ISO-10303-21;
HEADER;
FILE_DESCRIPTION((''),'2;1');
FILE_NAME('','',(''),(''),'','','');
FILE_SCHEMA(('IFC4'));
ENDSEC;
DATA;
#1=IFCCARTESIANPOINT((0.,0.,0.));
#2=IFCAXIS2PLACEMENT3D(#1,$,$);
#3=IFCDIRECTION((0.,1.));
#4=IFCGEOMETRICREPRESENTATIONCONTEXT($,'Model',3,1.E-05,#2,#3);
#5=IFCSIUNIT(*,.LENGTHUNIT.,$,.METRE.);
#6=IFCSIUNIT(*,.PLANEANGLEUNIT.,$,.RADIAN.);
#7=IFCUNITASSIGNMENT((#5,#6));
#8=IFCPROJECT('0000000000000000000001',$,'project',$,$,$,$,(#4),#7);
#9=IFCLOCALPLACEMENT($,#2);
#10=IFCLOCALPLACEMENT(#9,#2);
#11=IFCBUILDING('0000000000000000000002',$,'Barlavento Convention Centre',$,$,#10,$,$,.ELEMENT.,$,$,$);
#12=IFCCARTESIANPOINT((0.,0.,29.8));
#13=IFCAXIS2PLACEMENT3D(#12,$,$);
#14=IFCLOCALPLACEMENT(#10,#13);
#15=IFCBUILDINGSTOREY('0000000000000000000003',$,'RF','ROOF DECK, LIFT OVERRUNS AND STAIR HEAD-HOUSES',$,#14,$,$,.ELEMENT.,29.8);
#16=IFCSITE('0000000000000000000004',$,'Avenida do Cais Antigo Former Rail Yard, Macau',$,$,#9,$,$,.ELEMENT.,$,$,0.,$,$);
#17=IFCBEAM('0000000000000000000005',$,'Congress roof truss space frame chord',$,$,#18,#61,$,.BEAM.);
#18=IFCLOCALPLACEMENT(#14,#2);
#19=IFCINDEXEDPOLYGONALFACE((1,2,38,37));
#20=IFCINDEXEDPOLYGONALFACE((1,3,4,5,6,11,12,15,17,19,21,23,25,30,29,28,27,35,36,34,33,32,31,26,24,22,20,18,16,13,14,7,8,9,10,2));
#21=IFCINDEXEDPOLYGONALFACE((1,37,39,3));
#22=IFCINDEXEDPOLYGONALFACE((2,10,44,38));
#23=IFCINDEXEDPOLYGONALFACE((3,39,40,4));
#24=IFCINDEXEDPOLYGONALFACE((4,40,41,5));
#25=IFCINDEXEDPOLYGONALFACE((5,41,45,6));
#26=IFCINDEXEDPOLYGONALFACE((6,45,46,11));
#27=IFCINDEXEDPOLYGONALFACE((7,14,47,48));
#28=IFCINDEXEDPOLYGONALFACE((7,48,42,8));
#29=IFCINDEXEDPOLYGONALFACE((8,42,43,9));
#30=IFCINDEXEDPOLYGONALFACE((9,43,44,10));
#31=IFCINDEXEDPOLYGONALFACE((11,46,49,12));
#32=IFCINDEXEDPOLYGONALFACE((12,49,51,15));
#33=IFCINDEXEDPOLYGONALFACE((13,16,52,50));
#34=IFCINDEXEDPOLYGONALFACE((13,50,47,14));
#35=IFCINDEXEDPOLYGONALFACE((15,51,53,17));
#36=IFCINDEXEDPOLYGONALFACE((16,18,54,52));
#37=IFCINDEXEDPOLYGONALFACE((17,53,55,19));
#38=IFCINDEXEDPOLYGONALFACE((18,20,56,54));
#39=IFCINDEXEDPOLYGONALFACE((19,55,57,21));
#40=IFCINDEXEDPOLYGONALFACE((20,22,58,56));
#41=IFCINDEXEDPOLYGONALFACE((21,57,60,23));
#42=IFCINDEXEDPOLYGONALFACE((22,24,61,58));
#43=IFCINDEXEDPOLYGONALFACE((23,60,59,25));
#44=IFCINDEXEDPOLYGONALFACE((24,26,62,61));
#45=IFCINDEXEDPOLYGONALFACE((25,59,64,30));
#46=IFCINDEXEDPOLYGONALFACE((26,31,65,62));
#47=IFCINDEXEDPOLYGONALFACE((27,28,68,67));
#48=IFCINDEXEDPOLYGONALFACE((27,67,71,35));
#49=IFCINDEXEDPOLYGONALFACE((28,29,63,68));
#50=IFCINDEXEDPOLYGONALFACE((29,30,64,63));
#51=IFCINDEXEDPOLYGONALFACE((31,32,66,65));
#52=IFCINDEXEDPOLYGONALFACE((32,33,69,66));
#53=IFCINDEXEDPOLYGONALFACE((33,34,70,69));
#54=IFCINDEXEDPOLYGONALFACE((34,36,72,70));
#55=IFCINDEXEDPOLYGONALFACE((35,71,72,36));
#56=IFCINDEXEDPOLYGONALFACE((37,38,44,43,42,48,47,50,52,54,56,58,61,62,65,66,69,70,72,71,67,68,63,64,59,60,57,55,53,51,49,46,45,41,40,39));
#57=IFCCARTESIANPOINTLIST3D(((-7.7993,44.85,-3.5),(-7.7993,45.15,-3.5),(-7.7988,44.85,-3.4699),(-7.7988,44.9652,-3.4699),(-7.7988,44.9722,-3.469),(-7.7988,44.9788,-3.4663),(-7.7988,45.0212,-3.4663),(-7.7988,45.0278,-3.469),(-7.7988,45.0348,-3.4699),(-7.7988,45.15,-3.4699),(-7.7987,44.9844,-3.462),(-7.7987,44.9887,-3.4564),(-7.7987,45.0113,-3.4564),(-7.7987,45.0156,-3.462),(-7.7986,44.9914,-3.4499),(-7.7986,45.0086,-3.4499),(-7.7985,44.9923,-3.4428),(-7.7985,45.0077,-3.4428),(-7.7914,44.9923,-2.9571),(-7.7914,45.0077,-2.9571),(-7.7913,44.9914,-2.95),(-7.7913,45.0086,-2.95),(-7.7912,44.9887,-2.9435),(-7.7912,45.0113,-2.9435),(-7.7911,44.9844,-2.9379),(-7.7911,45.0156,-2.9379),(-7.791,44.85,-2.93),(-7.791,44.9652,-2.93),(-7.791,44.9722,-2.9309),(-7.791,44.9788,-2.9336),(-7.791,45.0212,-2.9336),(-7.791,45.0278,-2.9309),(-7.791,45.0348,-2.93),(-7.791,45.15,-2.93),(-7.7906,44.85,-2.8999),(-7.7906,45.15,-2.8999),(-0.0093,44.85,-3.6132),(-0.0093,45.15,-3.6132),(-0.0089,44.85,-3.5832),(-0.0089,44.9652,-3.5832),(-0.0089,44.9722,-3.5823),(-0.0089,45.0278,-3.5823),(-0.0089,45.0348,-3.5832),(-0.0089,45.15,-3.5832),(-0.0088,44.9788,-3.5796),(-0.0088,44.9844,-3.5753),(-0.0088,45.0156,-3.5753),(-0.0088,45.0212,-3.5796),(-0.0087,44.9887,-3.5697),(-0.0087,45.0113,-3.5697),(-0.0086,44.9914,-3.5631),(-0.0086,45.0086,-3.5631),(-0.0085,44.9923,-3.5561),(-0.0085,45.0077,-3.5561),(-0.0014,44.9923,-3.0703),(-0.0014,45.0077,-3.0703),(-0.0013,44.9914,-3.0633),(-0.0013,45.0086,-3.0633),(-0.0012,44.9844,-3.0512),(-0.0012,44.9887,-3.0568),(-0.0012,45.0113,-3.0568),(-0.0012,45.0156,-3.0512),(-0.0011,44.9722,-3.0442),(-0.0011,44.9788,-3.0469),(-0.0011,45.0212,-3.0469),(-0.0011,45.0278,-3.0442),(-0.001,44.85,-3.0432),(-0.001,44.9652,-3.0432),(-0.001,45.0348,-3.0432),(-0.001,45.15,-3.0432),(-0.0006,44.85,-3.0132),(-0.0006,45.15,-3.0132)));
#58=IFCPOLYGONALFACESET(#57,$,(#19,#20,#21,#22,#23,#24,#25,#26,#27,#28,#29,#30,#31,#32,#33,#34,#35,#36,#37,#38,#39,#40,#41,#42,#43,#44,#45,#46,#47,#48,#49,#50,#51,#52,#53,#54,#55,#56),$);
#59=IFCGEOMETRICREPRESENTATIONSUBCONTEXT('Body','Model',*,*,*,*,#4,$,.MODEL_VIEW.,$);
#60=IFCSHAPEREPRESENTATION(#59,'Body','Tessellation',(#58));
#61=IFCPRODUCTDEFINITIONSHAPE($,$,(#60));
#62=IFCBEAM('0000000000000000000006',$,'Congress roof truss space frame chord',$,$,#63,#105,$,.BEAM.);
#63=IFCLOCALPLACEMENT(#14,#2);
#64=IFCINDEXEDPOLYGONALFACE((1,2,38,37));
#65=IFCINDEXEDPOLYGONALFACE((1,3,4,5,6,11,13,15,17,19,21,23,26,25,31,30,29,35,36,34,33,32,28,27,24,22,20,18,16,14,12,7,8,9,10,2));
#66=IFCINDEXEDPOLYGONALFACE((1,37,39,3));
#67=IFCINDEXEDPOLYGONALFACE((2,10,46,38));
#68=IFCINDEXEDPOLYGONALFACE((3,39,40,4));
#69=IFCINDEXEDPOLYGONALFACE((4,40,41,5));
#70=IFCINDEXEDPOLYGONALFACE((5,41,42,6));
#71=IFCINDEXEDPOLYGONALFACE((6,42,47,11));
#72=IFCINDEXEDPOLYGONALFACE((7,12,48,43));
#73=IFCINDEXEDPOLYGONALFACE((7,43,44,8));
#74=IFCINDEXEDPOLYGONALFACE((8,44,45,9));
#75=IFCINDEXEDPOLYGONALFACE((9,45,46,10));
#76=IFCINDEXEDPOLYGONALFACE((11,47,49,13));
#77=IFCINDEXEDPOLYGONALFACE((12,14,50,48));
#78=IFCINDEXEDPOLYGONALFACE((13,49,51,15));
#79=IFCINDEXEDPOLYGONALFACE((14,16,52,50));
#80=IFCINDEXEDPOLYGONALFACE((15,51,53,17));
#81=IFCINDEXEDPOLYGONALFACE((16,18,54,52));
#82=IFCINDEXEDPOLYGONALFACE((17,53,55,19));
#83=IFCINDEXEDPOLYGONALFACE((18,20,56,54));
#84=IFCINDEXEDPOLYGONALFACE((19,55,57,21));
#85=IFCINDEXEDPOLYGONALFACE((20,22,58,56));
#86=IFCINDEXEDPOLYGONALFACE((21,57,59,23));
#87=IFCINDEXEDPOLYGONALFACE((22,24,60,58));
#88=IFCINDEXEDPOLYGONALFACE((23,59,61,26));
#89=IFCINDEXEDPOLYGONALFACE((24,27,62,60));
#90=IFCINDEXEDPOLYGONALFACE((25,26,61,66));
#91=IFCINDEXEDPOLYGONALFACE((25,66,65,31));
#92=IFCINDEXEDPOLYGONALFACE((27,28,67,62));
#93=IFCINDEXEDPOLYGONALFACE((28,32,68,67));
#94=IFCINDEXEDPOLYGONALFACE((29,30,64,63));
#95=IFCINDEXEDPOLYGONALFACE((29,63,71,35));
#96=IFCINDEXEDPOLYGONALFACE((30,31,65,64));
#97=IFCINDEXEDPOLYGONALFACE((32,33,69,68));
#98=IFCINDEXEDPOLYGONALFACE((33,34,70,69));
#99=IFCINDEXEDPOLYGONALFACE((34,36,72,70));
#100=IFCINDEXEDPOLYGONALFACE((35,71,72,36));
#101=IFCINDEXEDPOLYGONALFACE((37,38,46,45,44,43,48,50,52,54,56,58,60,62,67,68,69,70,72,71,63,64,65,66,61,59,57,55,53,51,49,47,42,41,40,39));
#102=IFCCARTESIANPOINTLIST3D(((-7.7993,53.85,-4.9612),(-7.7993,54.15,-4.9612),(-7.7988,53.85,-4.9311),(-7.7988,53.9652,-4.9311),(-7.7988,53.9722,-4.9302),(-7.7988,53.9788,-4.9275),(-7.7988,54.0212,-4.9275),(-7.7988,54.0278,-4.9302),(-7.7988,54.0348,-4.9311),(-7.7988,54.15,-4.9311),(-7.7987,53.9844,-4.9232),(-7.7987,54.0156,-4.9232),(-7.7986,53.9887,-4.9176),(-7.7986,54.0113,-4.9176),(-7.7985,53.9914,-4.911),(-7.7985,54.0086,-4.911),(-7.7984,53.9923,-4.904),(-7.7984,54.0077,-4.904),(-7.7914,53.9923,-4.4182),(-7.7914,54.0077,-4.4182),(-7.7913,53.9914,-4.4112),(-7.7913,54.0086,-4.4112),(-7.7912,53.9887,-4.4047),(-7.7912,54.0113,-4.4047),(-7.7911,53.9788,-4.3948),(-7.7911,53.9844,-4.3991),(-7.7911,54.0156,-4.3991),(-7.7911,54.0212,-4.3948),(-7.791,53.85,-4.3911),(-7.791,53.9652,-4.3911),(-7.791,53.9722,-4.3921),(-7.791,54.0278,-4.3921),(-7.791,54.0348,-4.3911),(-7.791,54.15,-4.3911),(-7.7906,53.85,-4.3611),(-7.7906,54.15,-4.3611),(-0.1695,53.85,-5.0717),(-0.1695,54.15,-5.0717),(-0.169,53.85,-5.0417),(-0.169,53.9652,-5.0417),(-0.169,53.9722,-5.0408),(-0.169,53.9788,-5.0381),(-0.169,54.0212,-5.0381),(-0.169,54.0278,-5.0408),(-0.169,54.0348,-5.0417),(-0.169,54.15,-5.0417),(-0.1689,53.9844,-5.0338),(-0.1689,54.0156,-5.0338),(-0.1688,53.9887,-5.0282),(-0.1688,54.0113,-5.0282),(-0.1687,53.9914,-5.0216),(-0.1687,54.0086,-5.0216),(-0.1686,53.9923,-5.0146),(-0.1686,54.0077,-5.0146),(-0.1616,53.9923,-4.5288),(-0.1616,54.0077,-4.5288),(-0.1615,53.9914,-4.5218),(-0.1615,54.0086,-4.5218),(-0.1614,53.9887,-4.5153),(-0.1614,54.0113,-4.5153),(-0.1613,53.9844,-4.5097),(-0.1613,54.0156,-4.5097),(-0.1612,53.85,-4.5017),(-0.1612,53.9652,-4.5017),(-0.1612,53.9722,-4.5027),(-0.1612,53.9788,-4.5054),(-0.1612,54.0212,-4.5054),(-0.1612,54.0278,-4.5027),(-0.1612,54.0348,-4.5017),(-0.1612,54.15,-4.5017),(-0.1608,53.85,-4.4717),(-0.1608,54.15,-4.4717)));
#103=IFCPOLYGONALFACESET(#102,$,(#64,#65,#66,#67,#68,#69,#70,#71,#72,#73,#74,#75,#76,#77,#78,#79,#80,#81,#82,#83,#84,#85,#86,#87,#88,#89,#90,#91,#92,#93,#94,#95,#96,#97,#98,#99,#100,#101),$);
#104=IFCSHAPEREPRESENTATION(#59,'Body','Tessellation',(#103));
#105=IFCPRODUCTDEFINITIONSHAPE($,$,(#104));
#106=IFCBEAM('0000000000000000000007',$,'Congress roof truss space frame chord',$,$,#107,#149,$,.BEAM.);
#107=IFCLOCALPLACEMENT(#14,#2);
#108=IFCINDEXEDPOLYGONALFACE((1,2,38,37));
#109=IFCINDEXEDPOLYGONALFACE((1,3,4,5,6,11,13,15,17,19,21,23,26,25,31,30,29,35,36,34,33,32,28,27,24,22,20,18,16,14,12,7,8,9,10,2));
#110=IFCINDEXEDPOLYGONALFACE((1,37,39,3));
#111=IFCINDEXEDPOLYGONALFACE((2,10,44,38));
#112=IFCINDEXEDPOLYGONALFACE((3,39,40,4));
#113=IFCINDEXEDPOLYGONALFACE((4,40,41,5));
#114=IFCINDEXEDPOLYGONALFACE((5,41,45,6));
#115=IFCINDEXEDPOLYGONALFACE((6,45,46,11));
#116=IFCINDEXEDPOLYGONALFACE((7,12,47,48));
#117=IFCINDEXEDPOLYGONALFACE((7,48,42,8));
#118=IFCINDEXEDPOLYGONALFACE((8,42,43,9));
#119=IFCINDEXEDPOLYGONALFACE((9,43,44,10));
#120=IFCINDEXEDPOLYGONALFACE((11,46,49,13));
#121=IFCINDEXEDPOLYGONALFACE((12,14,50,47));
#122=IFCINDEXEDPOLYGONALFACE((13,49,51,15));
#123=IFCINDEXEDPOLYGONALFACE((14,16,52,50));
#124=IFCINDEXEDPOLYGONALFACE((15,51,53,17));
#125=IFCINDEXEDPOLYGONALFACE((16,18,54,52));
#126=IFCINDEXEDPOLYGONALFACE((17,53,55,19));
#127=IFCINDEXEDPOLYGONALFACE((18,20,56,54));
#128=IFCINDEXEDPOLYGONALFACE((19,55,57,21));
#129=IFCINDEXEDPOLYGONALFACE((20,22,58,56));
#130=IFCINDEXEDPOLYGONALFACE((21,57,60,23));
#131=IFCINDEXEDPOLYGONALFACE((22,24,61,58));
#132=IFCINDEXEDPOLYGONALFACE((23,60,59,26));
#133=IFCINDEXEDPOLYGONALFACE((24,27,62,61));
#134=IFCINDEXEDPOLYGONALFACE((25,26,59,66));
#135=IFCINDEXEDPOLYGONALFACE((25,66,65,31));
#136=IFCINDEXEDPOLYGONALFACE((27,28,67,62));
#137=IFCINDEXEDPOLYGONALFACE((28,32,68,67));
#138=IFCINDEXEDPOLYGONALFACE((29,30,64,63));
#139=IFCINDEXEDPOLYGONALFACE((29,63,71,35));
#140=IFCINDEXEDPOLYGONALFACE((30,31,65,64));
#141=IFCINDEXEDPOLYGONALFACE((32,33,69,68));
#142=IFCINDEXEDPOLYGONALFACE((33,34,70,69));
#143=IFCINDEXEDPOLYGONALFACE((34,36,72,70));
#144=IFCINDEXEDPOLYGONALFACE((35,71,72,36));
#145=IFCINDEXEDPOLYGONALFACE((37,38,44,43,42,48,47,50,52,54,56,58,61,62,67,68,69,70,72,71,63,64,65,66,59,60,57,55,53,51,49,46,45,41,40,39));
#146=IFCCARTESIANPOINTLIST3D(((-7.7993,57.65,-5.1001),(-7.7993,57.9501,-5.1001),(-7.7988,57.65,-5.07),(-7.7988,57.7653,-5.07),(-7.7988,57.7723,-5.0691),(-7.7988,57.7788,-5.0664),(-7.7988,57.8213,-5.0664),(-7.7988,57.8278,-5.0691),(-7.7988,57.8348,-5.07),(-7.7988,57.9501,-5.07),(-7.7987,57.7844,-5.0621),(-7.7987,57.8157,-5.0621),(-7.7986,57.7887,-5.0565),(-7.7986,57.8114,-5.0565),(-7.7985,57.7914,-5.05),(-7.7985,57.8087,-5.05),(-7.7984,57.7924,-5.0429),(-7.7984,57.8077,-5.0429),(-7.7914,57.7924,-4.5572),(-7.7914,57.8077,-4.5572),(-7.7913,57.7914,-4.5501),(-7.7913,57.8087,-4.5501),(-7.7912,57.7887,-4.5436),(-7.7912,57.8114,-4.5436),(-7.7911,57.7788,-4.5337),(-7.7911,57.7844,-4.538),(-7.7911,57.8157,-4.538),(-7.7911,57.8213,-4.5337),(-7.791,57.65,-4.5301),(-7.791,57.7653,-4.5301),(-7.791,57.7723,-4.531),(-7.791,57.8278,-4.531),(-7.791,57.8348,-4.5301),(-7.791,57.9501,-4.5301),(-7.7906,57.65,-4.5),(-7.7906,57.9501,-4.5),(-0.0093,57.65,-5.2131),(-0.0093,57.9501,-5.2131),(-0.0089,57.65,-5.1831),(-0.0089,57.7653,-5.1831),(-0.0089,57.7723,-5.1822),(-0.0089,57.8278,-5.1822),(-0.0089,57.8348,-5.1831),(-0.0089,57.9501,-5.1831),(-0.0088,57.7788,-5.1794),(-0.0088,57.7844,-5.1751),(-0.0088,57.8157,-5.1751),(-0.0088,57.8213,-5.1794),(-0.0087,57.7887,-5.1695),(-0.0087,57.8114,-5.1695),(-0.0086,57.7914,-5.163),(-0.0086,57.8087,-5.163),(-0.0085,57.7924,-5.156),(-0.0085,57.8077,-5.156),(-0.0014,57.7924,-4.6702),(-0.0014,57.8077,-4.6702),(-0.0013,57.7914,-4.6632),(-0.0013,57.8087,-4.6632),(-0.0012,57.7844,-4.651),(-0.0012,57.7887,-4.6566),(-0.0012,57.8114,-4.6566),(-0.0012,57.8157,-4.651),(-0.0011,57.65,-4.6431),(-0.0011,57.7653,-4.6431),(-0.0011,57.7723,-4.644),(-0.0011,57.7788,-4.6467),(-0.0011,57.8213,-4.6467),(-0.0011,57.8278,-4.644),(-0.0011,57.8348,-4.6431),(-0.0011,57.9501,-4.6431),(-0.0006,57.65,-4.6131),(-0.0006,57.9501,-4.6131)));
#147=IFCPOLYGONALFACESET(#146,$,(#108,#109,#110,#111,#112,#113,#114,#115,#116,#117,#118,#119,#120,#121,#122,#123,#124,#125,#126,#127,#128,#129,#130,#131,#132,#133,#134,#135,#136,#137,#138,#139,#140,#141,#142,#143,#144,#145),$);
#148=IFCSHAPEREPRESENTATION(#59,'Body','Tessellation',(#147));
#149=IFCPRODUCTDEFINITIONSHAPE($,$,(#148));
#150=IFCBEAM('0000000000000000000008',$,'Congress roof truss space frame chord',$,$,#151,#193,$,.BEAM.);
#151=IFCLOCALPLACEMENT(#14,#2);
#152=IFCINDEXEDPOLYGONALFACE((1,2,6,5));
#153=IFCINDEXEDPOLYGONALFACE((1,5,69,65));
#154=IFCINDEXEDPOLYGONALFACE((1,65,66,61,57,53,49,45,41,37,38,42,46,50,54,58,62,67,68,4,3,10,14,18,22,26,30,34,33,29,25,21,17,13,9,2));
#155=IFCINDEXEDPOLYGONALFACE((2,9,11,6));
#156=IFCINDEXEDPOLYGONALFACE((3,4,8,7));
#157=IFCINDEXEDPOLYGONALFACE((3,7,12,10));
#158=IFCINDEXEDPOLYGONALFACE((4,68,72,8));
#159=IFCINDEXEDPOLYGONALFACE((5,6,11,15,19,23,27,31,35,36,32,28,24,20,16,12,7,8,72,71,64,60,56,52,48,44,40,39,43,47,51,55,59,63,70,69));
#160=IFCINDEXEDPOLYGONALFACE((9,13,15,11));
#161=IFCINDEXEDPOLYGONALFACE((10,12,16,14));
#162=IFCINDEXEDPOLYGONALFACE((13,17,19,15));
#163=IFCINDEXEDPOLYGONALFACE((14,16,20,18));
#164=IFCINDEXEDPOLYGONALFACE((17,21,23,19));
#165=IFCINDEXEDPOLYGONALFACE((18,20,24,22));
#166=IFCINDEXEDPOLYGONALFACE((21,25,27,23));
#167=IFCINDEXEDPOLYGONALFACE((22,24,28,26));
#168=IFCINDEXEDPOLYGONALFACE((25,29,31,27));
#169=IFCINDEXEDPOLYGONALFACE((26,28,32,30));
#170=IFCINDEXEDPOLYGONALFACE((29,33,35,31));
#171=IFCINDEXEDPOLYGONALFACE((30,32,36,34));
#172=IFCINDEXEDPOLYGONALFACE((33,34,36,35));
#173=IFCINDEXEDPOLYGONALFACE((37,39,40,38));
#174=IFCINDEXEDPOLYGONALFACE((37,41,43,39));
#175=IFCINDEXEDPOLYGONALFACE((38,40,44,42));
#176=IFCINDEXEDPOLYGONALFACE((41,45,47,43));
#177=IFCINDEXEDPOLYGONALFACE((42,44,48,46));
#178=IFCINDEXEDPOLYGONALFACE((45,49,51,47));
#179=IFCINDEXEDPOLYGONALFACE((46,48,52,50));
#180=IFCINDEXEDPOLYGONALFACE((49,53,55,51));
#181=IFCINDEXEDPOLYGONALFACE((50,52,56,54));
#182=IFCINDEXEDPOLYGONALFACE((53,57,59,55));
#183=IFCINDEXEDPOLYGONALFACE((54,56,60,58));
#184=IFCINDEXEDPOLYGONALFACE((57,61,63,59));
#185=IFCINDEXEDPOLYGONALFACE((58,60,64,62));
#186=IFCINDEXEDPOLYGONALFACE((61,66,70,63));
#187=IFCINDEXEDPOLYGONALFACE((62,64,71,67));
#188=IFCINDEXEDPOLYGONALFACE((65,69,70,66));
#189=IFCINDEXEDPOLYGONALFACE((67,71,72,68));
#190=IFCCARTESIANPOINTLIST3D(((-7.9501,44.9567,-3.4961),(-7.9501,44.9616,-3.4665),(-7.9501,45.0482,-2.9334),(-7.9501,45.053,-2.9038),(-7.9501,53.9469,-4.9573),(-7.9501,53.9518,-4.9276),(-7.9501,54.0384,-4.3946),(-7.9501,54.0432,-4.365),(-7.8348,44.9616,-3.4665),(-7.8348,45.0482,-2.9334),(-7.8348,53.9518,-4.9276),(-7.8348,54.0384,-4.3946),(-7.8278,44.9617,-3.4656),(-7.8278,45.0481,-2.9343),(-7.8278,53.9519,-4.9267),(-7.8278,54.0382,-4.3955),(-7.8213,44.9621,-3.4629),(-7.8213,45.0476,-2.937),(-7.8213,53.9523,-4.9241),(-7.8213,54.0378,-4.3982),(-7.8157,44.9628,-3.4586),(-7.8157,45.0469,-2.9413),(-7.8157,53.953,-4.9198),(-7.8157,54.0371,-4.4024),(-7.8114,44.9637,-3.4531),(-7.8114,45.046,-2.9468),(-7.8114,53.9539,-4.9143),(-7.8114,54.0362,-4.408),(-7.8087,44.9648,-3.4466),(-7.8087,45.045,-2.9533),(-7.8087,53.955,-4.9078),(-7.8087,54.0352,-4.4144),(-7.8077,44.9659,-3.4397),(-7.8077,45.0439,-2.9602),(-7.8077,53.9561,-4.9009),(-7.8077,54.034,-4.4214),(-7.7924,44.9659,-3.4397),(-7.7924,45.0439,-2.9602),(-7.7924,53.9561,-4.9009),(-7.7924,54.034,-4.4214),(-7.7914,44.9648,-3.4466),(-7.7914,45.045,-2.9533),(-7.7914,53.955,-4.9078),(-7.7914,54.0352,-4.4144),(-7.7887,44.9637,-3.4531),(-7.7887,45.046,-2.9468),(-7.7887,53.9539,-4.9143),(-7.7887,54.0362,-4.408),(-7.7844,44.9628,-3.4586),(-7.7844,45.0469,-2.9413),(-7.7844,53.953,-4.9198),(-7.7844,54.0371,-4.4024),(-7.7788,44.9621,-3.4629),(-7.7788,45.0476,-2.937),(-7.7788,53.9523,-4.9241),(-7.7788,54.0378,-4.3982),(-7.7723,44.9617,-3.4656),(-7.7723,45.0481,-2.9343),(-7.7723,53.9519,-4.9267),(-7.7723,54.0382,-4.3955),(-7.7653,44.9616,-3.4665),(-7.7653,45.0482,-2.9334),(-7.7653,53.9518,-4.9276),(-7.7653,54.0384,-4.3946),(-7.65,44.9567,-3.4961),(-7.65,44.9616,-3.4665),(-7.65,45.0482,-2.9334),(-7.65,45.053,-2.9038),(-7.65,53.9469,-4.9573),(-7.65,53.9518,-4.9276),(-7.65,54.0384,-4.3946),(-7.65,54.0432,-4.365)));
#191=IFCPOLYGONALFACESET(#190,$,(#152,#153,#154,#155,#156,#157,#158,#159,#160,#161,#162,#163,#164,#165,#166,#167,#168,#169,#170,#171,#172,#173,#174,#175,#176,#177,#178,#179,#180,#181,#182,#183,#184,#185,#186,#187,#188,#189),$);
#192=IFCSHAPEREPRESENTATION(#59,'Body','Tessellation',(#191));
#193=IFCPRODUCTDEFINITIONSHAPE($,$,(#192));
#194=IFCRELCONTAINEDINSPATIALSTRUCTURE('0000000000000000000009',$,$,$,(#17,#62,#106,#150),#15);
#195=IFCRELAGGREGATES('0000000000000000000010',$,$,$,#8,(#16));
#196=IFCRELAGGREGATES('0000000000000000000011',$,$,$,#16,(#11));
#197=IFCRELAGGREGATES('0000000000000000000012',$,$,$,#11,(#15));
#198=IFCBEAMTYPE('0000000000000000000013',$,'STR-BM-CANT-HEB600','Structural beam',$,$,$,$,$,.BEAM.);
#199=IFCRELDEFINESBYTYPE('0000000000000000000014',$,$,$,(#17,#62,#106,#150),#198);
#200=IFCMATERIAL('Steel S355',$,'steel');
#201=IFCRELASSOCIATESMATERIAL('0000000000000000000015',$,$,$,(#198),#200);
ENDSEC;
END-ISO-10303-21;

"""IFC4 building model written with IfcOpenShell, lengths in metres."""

from ifc_helpers import new_model, si_unit, direction, frame, origin, origin_2d, place, context, subcontext, project, spatial, i_section, extrude, material, material_profile, profile_set, type_object, element, save


model = new_model("IFC4")

# Units and contexts
model_context = context("Model", 3, precision=1e-05, world=origin(), true_north=direction((0.0, 1.0)))
body_context = subcontext(model_context, "Body", "Model", "MODEL_VIEW")
ifc_project = project(units=[si_unit("LENGTHUNIT", "METRE"), si_unit("PLANEANGLEUNIT", "RADIAN")], contexts=[model_context])

# Site, building, storey
site_placement = place(None, origin())
site = spatial("IfcSite", under=ifc_project, at=site_placement, Name="Avenida do Cais Antigo Former Rail Yard, Macau", CompositionType="ELEMENT", RefElevation=0.0)
building_placement = place(site_placement, origin())
building = spatial("IfcBuilding", under=site, at=building_placement, Name="Barlavento Convention Centre", CompositionType="ELEMENT")
storey_placement = place(building_placement, frame((0.0, 0.0, 29.8)))
storey = spatial("IfcBuildingStorey", under=building, at=storey_placement, Name="RF", Description="ROOF DECK, LIFT OVERRUNS AND STAIR HEAD-HOUSES", CompositionType="ELEMENT", Elevation=29.8)

# Beams
ifc_material_1 = material(Name="Steel S355", Category="steel")
ifc_material_profile_1 = material_profile(ifc_material_1, i_section(OverallWidth=0.3, OverallDepth=0.6001, WebThickness=0.0154, FlangeThickness=0.03, FilletRadius=0.0271, at=origin_2d()), Name="HEB 600")
ifc_profile_set_1 = profile_set([ifc_material_profile_1], Name="Steel S355")
beam_type_1 = type_object("IfcBeamType", Name="STR-BM-CANT-HEB600", Description="Structural beam", PredefinedType="BEAM", material=ifc_profile_set_1)
beam_1_placement = place(storey_placement, frame((-7.7949, 45.0, -3.2), z_axis=(0.999894, 0.0, -0.01454), x_axis=(0.0, 1.0, 0.0)))
element("IfcBeam", 1, at=beam_1_placement, inside=storey, type_object=beam_type_1, Name="Congress roof truss space frame chord", PredefinedType="BEAM", context=body_context, shape_type="SweptSolid", body=[
    extrude(i_section(OverallWidth=0.3, OverallDepth=0.6001, WebThickness=0.0154, FlangeThickness=0.03, FilletRadius=0.0271, at=origin_2d()), origin(), (0.0, 0.0, 1.0), 7.7908),
])
beam_2_placement = place(storey_placement, frame((-7.7949, 54.0, -4.6611), z_axis=(0.999895, 0.0, -0.014494), x_axis=(0.0, 1.0, 0.0)))
element("IfcBeam", 2, at=beam_2_placement, inside=storey, type_object=beam_type_1, Name="Congress roof truss space frame chord", PredefinedType="BEAM", context=body_context, shape_type="SweptSolid", body=[
    extrude(i_section(OverallWidth=0.3, OverallDepth=0.6001, WebThickness=0.0154, FlangeThickness=0.03, FilletRadius=0.0271, at=origin_2d()), origin(), (0.0, 0.0, 1.0), 7.6306),
])
beam_3_placement = place(storey_placement, frame((-7.7949, 57.8, -4.8), z_axis=(0.999895, 0.0, -0.014509), x_axis=(0.0, 1.0, 0.0)))
element("IfcBeam", 3, at=beam_3_placement, inside=storey, type_object=beam_type_1, Name="Congress roof truss space frame chord", PredefinedType="BEAM", context=body_context, shape_type="SweptSolid", body=[
    extrude(i_section(OverallWidth=0.3, OverallDepth=0.6001, WebThickness=0.0154, FlangeThickness=0.03, FilletRadius=0.0271, at=origin_2d()), origin(), (0.0, 0.0, 1.0), 7.7908),
])
beam_4_placement = place(storey_placement, frame((-7.8, 45.0049, -3.2), z_axis=(0.0, 0.987048, -0.160425), x_axis=(-1.0, 0.0, 0.0)))
element("IfcBeam", 4, at=beam_4_placement, inside=storey, type_object=beam_type_1, Name="Congress roof truss space frame chord", PredefinedType="BEAM", context=body_context, shape_type="SweptSolid", body=[
    extrude(i_section(OverallWidth=0.3, OverallDepth=0.6001, WebThickness=0.0154, FlangeThickness=0.03, FilletRadius=0.0271, at=origin_2d()), origin(), (0.0, 0.0, 1.0), 9.1082),
])

save(model, "model.ifc")
